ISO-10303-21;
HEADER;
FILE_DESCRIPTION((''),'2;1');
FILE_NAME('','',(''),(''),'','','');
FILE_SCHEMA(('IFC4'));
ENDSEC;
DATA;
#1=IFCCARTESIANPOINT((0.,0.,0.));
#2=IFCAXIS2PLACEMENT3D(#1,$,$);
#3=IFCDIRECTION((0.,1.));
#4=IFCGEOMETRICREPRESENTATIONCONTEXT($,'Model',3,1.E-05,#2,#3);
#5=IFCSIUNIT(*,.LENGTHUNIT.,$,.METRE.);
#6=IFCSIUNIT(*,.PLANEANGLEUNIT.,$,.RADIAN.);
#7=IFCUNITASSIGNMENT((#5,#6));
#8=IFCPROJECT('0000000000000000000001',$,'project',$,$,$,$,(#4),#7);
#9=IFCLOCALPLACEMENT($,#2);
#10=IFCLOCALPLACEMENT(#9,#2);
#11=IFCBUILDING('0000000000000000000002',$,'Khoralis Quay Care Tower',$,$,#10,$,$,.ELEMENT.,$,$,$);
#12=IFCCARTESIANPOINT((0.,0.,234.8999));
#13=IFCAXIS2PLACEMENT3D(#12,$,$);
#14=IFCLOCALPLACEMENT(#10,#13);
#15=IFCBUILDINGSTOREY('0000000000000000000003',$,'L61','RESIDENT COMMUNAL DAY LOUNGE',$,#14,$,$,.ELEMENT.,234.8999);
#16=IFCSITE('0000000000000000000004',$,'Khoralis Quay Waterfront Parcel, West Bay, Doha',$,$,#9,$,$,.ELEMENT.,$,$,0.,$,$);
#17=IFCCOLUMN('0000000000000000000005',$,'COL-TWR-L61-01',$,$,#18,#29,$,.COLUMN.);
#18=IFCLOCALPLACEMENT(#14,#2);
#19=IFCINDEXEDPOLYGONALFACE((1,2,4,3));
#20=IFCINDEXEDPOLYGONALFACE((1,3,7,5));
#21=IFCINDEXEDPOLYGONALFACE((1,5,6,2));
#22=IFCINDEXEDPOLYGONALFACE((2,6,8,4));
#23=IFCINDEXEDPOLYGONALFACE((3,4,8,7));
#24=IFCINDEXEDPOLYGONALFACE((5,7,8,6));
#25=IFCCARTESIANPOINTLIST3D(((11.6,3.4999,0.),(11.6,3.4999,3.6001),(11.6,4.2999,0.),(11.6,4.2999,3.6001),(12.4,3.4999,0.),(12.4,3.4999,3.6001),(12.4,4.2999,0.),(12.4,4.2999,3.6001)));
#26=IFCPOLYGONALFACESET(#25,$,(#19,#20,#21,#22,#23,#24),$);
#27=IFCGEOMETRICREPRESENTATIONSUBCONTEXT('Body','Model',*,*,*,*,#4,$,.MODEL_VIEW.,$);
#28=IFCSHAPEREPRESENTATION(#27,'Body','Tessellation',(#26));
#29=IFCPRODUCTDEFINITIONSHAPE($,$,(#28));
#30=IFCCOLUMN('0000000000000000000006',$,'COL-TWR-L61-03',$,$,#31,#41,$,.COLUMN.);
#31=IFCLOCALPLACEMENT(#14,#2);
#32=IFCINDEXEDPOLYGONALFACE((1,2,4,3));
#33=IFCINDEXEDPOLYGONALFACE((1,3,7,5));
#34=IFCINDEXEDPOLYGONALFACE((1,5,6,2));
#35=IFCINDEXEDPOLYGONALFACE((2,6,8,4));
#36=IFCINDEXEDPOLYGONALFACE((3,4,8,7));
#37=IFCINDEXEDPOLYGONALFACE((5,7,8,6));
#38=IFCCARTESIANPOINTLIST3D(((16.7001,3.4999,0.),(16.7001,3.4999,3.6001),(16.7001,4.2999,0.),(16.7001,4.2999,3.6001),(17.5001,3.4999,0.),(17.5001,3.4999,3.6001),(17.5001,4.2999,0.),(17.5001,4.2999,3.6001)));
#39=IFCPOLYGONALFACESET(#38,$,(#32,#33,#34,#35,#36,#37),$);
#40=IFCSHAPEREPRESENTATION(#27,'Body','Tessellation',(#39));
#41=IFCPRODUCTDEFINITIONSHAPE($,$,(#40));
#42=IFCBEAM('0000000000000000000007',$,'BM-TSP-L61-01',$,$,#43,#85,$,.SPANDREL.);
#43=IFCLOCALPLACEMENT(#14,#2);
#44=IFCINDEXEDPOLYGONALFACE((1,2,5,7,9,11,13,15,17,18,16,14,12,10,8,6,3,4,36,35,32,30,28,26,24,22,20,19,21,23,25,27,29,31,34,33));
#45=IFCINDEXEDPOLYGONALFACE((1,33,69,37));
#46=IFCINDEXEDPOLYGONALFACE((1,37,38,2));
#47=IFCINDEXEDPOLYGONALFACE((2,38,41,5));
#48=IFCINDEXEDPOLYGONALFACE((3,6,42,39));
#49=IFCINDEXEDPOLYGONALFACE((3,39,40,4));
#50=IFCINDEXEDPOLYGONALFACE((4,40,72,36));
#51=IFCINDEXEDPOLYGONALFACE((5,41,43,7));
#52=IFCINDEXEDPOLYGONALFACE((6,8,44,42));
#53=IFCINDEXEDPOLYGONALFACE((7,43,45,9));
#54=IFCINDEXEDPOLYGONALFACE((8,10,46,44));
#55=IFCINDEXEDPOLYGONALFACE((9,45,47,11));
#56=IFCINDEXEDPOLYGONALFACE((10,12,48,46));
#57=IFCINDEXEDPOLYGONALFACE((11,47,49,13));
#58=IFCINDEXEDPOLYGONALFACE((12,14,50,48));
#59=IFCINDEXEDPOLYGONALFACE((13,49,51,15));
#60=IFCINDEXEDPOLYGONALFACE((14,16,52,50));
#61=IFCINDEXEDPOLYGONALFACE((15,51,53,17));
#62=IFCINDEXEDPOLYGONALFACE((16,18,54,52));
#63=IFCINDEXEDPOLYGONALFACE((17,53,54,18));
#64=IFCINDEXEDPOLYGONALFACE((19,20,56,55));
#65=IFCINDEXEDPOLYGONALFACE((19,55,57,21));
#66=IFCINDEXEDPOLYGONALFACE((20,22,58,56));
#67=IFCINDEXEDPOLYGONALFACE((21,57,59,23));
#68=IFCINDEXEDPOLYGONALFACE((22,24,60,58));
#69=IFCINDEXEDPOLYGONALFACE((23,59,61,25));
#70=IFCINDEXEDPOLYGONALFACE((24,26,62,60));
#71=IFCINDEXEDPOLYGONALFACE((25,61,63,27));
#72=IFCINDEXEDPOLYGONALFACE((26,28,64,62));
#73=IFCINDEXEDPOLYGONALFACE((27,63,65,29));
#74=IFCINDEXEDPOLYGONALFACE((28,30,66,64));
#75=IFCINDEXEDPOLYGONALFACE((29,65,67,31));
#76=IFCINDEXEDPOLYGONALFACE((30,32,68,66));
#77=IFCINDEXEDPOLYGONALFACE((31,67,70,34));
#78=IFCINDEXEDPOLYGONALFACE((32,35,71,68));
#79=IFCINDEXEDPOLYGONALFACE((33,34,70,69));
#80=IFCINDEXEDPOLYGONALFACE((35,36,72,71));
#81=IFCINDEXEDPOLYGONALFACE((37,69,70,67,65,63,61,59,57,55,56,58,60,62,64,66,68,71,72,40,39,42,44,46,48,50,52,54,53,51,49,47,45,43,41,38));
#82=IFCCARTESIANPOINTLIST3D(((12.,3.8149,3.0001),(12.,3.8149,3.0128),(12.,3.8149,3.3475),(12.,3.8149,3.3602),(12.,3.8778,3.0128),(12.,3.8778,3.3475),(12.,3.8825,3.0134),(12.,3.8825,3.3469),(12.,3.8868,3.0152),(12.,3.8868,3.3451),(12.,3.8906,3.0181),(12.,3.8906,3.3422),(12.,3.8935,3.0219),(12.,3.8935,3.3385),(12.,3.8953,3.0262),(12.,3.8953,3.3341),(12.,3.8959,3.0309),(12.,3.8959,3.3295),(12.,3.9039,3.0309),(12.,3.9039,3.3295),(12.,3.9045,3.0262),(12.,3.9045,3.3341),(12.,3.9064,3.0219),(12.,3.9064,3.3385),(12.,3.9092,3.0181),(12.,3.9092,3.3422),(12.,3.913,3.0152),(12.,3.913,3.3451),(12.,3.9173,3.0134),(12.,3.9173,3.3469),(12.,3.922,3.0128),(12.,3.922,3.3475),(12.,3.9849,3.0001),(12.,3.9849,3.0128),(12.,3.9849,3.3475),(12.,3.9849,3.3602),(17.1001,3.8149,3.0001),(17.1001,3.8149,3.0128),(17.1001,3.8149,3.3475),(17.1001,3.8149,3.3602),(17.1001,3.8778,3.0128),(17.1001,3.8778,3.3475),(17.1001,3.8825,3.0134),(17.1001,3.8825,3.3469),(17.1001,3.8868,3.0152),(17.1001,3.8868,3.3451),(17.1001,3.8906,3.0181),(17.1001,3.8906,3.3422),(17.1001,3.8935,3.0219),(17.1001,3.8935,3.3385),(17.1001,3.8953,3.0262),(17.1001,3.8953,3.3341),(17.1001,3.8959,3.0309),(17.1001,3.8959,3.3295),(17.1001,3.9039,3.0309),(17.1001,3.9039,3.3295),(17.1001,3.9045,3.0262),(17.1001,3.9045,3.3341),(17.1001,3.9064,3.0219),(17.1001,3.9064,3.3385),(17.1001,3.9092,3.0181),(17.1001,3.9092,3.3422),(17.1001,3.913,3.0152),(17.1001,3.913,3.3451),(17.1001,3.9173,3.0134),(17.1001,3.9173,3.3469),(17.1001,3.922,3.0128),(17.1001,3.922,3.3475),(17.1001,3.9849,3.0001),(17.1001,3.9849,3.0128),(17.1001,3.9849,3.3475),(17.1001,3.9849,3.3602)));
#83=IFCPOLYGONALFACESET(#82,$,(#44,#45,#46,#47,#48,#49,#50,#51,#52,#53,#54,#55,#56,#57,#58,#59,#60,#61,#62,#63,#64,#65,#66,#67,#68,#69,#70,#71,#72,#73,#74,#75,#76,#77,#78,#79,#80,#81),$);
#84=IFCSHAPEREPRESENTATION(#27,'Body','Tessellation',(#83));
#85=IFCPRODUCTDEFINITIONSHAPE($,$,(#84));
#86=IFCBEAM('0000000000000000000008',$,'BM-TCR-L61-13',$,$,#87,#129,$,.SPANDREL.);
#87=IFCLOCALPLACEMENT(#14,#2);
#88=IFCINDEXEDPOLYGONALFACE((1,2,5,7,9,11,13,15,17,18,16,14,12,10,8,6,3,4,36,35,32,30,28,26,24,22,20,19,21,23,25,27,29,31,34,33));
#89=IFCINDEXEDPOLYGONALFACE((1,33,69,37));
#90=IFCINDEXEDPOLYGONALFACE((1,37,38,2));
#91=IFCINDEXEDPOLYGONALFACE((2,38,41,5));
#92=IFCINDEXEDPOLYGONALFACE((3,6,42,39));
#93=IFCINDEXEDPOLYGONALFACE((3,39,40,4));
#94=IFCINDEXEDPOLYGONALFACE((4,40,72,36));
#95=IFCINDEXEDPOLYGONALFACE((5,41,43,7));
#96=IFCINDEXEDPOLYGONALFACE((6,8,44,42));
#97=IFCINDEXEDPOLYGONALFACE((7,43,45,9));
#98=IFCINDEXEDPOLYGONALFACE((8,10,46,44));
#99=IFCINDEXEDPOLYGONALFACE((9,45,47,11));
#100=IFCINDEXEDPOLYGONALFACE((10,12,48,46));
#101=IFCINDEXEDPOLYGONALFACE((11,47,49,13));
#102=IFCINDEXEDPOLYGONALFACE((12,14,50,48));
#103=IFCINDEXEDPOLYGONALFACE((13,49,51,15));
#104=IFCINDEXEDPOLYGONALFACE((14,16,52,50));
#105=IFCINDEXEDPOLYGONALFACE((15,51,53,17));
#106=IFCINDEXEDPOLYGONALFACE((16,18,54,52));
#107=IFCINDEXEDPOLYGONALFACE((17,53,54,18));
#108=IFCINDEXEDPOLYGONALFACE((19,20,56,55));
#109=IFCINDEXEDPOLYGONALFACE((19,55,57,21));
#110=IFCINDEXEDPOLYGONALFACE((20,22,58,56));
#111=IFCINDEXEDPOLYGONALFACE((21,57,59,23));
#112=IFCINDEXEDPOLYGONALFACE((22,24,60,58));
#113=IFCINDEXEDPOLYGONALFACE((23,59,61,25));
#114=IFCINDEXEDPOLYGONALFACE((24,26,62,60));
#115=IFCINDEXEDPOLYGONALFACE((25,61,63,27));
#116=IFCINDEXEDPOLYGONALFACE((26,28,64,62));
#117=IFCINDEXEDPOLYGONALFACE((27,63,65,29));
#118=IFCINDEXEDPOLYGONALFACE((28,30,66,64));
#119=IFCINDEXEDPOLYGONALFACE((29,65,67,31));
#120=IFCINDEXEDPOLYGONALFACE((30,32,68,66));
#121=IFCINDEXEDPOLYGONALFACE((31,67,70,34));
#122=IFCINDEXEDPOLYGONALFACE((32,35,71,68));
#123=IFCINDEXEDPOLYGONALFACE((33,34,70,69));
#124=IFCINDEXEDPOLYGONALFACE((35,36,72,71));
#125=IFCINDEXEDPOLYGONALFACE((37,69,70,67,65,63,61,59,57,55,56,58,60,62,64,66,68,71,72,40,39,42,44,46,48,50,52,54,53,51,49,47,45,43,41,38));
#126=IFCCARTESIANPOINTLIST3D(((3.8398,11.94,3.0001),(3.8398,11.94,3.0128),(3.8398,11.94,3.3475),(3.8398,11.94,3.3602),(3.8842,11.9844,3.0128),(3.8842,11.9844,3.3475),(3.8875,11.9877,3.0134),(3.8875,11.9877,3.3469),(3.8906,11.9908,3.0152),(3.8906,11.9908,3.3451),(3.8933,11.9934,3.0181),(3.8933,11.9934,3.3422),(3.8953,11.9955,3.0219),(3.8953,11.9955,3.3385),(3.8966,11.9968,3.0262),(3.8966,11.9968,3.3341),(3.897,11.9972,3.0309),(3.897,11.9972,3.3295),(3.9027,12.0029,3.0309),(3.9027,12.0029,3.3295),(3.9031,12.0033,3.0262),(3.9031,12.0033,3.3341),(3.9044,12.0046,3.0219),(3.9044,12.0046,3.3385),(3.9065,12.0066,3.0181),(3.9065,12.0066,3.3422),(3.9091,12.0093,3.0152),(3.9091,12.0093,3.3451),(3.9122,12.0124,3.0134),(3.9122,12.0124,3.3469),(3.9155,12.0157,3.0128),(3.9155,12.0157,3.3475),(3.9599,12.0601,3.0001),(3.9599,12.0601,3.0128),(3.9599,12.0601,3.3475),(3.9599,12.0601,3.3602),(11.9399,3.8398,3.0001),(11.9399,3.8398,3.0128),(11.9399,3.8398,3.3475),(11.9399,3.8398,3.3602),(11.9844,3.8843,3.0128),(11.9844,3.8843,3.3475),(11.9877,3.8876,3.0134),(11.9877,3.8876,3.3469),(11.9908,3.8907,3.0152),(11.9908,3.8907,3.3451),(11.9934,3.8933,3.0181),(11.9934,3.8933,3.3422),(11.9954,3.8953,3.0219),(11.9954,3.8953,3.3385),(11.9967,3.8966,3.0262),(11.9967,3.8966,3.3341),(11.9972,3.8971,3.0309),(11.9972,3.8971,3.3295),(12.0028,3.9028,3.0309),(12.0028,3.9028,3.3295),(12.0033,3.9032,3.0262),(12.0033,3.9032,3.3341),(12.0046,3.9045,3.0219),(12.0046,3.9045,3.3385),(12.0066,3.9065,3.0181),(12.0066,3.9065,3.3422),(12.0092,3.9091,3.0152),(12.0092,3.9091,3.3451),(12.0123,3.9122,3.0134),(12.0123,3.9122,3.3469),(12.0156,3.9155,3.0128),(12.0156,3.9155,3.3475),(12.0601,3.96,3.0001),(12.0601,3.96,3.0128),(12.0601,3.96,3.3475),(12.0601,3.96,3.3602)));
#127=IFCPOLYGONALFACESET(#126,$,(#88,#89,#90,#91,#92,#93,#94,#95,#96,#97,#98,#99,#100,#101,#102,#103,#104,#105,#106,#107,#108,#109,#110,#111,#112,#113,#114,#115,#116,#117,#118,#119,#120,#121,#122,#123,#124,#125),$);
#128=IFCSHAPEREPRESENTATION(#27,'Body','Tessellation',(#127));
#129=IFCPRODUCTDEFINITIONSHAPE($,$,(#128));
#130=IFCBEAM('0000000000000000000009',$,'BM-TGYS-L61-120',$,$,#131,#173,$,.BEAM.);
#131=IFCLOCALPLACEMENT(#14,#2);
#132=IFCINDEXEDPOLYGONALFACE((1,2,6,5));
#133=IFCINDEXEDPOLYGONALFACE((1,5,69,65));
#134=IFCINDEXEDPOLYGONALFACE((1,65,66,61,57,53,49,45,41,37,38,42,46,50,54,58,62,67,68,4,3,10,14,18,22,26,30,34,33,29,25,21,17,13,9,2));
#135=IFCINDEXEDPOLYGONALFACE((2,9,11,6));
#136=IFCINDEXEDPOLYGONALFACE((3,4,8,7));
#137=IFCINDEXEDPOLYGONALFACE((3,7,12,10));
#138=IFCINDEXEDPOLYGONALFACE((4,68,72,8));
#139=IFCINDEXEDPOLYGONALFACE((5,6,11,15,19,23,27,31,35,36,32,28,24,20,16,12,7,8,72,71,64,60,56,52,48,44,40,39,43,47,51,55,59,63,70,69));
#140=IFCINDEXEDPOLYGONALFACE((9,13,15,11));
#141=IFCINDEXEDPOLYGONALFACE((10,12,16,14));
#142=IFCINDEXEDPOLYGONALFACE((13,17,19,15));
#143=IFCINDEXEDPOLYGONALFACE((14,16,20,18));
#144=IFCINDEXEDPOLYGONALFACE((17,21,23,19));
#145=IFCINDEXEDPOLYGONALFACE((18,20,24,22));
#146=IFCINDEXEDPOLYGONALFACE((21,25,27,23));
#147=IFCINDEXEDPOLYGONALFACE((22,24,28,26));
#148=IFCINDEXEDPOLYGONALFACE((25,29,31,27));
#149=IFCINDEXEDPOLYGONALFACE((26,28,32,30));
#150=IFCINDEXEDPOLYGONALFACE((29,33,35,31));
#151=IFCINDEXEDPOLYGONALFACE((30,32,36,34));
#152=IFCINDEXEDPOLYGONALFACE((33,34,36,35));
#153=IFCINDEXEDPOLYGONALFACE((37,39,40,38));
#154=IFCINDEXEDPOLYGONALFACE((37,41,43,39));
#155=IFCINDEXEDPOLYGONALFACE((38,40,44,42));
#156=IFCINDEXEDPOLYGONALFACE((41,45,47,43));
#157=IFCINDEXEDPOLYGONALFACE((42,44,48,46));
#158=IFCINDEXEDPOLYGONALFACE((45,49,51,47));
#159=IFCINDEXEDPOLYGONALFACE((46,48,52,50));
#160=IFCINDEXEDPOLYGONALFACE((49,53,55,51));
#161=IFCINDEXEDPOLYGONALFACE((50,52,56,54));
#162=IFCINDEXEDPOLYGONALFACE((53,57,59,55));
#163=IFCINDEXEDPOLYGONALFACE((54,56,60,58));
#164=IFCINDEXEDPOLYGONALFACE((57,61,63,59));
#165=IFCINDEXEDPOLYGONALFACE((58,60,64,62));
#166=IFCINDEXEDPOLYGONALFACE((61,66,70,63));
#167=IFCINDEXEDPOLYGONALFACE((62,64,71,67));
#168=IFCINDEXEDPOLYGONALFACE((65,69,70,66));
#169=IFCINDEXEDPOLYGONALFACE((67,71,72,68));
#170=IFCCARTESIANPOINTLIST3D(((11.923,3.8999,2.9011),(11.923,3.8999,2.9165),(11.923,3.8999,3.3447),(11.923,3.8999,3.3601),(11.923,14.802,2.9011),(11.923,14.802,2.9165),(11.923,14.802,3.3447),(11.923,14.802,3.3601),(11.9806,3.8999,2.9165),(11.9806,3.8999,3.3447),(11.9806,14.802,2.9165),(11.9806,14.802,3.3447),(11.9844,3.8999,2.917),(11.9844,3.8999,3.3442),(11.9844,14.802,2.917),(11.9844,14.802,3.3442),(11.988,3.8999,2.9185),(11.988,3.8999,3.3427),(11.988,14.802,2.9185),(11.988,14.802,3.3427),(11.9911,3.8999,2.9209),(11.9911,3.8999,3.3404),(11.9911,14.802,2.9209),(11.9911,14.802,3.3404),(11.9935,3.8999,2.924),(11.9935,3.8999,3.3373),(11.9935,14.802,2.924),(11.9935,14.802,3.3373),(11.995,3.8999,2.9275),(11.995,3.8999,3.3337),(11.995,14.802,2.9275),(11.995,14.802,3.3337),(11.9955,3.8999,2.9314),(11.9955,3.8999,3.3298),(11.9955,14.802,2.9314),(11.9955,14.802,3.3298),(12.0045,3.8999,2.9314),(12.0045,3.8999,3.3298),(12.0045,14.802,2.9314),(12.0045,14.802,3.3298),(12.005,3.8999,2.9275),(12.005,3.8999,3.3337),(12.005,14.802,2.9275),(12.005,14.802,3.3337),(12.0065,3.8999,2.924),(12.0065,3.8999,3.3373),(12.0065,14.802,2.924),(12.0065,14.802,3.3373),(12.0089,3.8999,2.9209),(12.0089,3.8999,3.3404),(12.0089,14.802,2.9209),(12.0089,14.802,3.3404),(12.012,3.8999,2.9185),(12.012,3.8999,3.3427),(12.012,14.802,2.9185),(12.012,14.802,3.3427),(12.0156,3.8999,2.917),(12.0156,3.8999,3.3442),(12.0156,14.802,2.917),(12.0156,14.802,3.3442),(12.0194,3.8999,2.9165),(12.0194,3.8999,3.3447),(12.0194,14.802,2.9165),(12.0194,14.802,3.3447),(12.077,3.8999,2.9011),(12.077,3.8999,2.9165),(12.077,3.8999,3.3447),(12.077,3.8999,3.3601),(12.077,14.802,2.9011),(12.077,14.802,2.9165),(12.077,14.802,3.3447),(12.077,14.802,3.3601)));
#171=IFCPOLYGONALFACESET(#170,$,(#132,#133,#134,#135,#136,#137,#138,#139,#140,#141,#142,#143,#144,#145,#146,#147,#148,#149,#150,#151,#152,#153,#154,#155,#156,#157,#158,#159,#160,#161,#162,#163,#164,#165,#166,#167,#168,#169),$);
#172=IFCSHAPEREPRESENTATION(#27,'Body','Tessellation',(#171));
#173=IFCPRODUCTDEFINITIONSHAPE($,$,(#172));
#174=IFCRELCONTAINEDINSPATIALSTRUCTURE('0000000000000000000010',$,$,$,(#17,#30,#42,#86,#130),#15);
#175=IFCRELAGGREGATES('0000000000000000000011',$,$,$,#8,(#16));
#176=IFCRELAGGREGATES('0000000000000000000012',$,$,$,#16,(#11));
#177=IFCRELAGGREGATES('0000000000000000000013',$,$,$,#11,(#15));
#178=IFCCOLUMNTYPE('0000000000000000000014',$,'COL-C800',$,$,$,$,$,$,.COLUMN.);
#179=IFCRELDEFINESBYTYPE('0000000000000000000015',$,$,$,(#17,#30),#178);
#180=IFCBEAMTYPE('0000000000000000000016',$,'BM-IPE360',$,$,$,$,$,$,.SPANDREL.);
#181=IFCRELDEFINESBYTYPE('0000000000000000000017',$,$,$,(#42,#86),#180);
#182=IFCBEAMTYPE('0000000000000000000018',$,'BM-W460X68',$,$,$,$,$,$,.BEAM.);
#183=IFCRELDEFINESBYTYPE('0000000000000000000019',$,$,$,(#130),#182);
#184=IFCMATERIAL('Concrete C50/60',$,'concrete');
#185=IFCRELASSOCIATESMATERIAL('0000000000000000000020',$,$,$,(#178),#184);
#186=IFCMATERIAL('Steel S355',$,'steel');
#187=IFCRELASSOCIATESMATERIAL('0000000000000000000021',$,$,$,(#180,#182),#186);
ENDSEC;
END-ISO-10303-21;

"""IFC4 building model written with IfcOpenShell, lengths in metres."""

from ifc_helpers import new_model, si_unit, direction, frame, origin, origin_2d, place, context, subcontext, project, spatial, rectangle, i_section, extrude, source, transform, mapped, material, material_profile, profile_set, type_object, element, save


model = new_model("IFC4")

# Units and contexts
model_context = context("Model", 3, precision=1e-05, world=origin(), true_north=direction((0.0, 1.0)))
body_context = subcontext(model_context, "Body", "Model", "MODEL_VIEW")
ifc_project = project(units=[si_unit("LENGTHUNIT", "METRE"), si_unit("PLANEANGLEUNIT", "RADIAN")], contexts=[model_context])

# Site, building, storey
site_placement = place(None, origin())
site = spatial("IfcSite", under=ifc_project, at=site_placement, Name="Khoralis Quay Waterfront Parcel, West Bay, Doha", CompositionType="ELEMENT", RefElevation=0.0)
building_placement = place(site_placement, origin())
building = spatial("IfcBuilding", under=site, at=building_placement, Name="Khoralis Quay Care Tower", CompositionType="ELEMENT")
storey_placement = place(building_placement, frame((0.0, 0.0, 234.8999)))
storey = spatial("IfcBuildingStorey", under=building, at=storey_placement, Name="L61", Description="RESIDENT COMMUNAL DAY LOUNGE", CompositionType="ELEMENT", Elevation=234.8999)

# Columns
ifc_material_1 = material(Name="Concrete C50/60", Category="concrete")
ifc_material_profile_1 = material_profile(ifc_material_1, rectangle(XDim=0.8, YDim=0.8, at=origin_2d()), Name="Concrete C50/60")
ifc_profile_set_1 = profile_set([ifc_material_profile_1], Name="Concrete C50/60")
column_type = type_object("IfcColumnType", Name="COL-C800", PredefinedType="COLUMN", material=ifc_profile_set_1)
shared_shape_1 = source(origin(), body_context, "Body", "SweptSolid", [
    extrude(rectangle(XDim=0.8, YDim=0.8, at=origin_2d()), origin(), (0.0, 0.0, 1.0), 3.6001),
])
for number, where, z_axis, x_axis, name in (
    (1, (12.0, 3.8999, 0.0), (0.0, 0.0, 1.0), (1.0, 0.0, 0.0), "COL-TWR-L61-01"),
    (2, (17.1001, 3.8999, 0.0), (0.0, 0.0, 1.0), (1.0, 0.0, 0.0), "COL-TWR-L61-03"),
):
    element("IfcColumn", number, at=place(storey_placement, frame(where, z_axis=z_axis, x_axis=x_axis)), inside=storey, type_object=column_type, Name=name, PredefinedType="COLUMN", context=body_context, shape_type="MappedRepresentation", body=[
        mapped(shared_shape_1, transform((0.0, 0.0, 0.0), scale=1.0)),
    ])

# Beams
ifc_material_2 = material(Name="Steel S355", Category="steel")
ifc_material_profile_2 = material_profile(ifc_material_2, i_section(OverallWidth=0.1699, OverallDepth=0.3601, WebThickness=0.0081, FlangeThickness=0.0127, FilletRadius=0.0181, at=origin_2d()), Name="Steel S355")
ifc_profile_set_2 = profile_set([ifc_material_profile_2], Name="Steel S355")
beam_type_1 = type_object("IfcBeamType", Name="BM-IPE360", PredefinedType="SPANDREL", material=ifc_profile_set_2)
shared_shape_2 = source(origin(), body_context, "Body", "SweptSolid", [
    extrude(i_section(OverallWidth=0.1699, OverallDepth=0.3601, WebThickness=0.0081, FlangeThickness=0.0127, FilletRadius=0.0181, at=origin_2d()), origin(), (0.0, 0.0, 1.0), 5.1001),
])
beam_1_placement = place(storey_placement, frame((12.0, 3.8999, 3.1802), z_axis=(1.0, 0.0, 0.0), x_axis=(0.0, 1.0, 0.0)))
element("IfcBeam", 3, at=beam_1_placement, inside=storey, type_object=beam_type_1, Name="BM-TSP-L61-01", PredefinedType="SPANDREL", context=body_context, shape_type="MappedRepresentation", body=[
    mapped(shared_shape_2, transform((0.0, 0.0, 0.0), scale=1.0)),
])
shared_shape_3 = source(origin(), body_context, "Body", "SweptSolid", [
    extrude(i_section(OverallWidth=0.1699, OverallDepth=0.3601, WebThickness=0.0081, FlangeThickness=0.0127, FilletRadius=0.0181, at=origin_2d()), origin(), (0.0, 0.0, 1.0), 11.4553),
])
beam_2_placement = place(storey_placement, frame((12.0, 3.8999, 3.1802), z_axis=(-0.707107, 0.707107, 0.0), x_axis=(-0.707107, -0.707107, 0.0)))
element("IfcBeam", 4, at=beam_2_placement, inside=storey, type_object=beam_type_1, Name="BM-TCR-L61-13", PredefinedType="SPANDREL", context=body_context, shape_type="MappedRepresentation", body=[
    mapped(shared_shape_3, transform((0.0, 0.0, 0.0), scale=1.0)),
])
ifc_material_profile_3 = material_profile(ifc_material_2, i_section(OverallWidth=0.1541, OverallDepth=0.459, WebThickness=0.009, FlangeThickness=0.0154, FilletRadius=0.0149, at=origin_2d()), Name="Steel S355")
ifc_profile_set_3 = profile_set([ifc_material_profile_3], Name="Steel S355")
beam_type_2 = type_object("IfcBeamType", Name="BM-W460X68", PredefinedType="BEAM", material=ifc_profile_set_3)
shared_shape_4 = source(origin(), body_context, "Body", "SweptSolid", [
    extrude(i_section(OverallWidth=0.1541, OverallDepth=0.459, WebThickness=0.009, FlangeThickness=0.0154, FilletRadius=0.0149, at=origin_2d()), origin(), (0.0, 0.0, 1.0), 10.9021),
])
beam_3_placement = place(storey_placement, frame((12.0, 3.8999, 3.1306), z_axis=(0.0, 1.0, 0.0), x_axis=(-1.0, 0.0, 0.0)))
element("IfcBeam", 5, at=beam_3_placement, inside=storey, type_object=beam_type_2, Name="BM-TGYS-L61-120", PredefinedType="BEAM", context=body_context, shape_type="MappedRepresentation", body=[
    mapped(shared_shape_4, transform((0.0, 0.0, 0.0), scale=1.0)),
])

save(model, "model.ifc")
